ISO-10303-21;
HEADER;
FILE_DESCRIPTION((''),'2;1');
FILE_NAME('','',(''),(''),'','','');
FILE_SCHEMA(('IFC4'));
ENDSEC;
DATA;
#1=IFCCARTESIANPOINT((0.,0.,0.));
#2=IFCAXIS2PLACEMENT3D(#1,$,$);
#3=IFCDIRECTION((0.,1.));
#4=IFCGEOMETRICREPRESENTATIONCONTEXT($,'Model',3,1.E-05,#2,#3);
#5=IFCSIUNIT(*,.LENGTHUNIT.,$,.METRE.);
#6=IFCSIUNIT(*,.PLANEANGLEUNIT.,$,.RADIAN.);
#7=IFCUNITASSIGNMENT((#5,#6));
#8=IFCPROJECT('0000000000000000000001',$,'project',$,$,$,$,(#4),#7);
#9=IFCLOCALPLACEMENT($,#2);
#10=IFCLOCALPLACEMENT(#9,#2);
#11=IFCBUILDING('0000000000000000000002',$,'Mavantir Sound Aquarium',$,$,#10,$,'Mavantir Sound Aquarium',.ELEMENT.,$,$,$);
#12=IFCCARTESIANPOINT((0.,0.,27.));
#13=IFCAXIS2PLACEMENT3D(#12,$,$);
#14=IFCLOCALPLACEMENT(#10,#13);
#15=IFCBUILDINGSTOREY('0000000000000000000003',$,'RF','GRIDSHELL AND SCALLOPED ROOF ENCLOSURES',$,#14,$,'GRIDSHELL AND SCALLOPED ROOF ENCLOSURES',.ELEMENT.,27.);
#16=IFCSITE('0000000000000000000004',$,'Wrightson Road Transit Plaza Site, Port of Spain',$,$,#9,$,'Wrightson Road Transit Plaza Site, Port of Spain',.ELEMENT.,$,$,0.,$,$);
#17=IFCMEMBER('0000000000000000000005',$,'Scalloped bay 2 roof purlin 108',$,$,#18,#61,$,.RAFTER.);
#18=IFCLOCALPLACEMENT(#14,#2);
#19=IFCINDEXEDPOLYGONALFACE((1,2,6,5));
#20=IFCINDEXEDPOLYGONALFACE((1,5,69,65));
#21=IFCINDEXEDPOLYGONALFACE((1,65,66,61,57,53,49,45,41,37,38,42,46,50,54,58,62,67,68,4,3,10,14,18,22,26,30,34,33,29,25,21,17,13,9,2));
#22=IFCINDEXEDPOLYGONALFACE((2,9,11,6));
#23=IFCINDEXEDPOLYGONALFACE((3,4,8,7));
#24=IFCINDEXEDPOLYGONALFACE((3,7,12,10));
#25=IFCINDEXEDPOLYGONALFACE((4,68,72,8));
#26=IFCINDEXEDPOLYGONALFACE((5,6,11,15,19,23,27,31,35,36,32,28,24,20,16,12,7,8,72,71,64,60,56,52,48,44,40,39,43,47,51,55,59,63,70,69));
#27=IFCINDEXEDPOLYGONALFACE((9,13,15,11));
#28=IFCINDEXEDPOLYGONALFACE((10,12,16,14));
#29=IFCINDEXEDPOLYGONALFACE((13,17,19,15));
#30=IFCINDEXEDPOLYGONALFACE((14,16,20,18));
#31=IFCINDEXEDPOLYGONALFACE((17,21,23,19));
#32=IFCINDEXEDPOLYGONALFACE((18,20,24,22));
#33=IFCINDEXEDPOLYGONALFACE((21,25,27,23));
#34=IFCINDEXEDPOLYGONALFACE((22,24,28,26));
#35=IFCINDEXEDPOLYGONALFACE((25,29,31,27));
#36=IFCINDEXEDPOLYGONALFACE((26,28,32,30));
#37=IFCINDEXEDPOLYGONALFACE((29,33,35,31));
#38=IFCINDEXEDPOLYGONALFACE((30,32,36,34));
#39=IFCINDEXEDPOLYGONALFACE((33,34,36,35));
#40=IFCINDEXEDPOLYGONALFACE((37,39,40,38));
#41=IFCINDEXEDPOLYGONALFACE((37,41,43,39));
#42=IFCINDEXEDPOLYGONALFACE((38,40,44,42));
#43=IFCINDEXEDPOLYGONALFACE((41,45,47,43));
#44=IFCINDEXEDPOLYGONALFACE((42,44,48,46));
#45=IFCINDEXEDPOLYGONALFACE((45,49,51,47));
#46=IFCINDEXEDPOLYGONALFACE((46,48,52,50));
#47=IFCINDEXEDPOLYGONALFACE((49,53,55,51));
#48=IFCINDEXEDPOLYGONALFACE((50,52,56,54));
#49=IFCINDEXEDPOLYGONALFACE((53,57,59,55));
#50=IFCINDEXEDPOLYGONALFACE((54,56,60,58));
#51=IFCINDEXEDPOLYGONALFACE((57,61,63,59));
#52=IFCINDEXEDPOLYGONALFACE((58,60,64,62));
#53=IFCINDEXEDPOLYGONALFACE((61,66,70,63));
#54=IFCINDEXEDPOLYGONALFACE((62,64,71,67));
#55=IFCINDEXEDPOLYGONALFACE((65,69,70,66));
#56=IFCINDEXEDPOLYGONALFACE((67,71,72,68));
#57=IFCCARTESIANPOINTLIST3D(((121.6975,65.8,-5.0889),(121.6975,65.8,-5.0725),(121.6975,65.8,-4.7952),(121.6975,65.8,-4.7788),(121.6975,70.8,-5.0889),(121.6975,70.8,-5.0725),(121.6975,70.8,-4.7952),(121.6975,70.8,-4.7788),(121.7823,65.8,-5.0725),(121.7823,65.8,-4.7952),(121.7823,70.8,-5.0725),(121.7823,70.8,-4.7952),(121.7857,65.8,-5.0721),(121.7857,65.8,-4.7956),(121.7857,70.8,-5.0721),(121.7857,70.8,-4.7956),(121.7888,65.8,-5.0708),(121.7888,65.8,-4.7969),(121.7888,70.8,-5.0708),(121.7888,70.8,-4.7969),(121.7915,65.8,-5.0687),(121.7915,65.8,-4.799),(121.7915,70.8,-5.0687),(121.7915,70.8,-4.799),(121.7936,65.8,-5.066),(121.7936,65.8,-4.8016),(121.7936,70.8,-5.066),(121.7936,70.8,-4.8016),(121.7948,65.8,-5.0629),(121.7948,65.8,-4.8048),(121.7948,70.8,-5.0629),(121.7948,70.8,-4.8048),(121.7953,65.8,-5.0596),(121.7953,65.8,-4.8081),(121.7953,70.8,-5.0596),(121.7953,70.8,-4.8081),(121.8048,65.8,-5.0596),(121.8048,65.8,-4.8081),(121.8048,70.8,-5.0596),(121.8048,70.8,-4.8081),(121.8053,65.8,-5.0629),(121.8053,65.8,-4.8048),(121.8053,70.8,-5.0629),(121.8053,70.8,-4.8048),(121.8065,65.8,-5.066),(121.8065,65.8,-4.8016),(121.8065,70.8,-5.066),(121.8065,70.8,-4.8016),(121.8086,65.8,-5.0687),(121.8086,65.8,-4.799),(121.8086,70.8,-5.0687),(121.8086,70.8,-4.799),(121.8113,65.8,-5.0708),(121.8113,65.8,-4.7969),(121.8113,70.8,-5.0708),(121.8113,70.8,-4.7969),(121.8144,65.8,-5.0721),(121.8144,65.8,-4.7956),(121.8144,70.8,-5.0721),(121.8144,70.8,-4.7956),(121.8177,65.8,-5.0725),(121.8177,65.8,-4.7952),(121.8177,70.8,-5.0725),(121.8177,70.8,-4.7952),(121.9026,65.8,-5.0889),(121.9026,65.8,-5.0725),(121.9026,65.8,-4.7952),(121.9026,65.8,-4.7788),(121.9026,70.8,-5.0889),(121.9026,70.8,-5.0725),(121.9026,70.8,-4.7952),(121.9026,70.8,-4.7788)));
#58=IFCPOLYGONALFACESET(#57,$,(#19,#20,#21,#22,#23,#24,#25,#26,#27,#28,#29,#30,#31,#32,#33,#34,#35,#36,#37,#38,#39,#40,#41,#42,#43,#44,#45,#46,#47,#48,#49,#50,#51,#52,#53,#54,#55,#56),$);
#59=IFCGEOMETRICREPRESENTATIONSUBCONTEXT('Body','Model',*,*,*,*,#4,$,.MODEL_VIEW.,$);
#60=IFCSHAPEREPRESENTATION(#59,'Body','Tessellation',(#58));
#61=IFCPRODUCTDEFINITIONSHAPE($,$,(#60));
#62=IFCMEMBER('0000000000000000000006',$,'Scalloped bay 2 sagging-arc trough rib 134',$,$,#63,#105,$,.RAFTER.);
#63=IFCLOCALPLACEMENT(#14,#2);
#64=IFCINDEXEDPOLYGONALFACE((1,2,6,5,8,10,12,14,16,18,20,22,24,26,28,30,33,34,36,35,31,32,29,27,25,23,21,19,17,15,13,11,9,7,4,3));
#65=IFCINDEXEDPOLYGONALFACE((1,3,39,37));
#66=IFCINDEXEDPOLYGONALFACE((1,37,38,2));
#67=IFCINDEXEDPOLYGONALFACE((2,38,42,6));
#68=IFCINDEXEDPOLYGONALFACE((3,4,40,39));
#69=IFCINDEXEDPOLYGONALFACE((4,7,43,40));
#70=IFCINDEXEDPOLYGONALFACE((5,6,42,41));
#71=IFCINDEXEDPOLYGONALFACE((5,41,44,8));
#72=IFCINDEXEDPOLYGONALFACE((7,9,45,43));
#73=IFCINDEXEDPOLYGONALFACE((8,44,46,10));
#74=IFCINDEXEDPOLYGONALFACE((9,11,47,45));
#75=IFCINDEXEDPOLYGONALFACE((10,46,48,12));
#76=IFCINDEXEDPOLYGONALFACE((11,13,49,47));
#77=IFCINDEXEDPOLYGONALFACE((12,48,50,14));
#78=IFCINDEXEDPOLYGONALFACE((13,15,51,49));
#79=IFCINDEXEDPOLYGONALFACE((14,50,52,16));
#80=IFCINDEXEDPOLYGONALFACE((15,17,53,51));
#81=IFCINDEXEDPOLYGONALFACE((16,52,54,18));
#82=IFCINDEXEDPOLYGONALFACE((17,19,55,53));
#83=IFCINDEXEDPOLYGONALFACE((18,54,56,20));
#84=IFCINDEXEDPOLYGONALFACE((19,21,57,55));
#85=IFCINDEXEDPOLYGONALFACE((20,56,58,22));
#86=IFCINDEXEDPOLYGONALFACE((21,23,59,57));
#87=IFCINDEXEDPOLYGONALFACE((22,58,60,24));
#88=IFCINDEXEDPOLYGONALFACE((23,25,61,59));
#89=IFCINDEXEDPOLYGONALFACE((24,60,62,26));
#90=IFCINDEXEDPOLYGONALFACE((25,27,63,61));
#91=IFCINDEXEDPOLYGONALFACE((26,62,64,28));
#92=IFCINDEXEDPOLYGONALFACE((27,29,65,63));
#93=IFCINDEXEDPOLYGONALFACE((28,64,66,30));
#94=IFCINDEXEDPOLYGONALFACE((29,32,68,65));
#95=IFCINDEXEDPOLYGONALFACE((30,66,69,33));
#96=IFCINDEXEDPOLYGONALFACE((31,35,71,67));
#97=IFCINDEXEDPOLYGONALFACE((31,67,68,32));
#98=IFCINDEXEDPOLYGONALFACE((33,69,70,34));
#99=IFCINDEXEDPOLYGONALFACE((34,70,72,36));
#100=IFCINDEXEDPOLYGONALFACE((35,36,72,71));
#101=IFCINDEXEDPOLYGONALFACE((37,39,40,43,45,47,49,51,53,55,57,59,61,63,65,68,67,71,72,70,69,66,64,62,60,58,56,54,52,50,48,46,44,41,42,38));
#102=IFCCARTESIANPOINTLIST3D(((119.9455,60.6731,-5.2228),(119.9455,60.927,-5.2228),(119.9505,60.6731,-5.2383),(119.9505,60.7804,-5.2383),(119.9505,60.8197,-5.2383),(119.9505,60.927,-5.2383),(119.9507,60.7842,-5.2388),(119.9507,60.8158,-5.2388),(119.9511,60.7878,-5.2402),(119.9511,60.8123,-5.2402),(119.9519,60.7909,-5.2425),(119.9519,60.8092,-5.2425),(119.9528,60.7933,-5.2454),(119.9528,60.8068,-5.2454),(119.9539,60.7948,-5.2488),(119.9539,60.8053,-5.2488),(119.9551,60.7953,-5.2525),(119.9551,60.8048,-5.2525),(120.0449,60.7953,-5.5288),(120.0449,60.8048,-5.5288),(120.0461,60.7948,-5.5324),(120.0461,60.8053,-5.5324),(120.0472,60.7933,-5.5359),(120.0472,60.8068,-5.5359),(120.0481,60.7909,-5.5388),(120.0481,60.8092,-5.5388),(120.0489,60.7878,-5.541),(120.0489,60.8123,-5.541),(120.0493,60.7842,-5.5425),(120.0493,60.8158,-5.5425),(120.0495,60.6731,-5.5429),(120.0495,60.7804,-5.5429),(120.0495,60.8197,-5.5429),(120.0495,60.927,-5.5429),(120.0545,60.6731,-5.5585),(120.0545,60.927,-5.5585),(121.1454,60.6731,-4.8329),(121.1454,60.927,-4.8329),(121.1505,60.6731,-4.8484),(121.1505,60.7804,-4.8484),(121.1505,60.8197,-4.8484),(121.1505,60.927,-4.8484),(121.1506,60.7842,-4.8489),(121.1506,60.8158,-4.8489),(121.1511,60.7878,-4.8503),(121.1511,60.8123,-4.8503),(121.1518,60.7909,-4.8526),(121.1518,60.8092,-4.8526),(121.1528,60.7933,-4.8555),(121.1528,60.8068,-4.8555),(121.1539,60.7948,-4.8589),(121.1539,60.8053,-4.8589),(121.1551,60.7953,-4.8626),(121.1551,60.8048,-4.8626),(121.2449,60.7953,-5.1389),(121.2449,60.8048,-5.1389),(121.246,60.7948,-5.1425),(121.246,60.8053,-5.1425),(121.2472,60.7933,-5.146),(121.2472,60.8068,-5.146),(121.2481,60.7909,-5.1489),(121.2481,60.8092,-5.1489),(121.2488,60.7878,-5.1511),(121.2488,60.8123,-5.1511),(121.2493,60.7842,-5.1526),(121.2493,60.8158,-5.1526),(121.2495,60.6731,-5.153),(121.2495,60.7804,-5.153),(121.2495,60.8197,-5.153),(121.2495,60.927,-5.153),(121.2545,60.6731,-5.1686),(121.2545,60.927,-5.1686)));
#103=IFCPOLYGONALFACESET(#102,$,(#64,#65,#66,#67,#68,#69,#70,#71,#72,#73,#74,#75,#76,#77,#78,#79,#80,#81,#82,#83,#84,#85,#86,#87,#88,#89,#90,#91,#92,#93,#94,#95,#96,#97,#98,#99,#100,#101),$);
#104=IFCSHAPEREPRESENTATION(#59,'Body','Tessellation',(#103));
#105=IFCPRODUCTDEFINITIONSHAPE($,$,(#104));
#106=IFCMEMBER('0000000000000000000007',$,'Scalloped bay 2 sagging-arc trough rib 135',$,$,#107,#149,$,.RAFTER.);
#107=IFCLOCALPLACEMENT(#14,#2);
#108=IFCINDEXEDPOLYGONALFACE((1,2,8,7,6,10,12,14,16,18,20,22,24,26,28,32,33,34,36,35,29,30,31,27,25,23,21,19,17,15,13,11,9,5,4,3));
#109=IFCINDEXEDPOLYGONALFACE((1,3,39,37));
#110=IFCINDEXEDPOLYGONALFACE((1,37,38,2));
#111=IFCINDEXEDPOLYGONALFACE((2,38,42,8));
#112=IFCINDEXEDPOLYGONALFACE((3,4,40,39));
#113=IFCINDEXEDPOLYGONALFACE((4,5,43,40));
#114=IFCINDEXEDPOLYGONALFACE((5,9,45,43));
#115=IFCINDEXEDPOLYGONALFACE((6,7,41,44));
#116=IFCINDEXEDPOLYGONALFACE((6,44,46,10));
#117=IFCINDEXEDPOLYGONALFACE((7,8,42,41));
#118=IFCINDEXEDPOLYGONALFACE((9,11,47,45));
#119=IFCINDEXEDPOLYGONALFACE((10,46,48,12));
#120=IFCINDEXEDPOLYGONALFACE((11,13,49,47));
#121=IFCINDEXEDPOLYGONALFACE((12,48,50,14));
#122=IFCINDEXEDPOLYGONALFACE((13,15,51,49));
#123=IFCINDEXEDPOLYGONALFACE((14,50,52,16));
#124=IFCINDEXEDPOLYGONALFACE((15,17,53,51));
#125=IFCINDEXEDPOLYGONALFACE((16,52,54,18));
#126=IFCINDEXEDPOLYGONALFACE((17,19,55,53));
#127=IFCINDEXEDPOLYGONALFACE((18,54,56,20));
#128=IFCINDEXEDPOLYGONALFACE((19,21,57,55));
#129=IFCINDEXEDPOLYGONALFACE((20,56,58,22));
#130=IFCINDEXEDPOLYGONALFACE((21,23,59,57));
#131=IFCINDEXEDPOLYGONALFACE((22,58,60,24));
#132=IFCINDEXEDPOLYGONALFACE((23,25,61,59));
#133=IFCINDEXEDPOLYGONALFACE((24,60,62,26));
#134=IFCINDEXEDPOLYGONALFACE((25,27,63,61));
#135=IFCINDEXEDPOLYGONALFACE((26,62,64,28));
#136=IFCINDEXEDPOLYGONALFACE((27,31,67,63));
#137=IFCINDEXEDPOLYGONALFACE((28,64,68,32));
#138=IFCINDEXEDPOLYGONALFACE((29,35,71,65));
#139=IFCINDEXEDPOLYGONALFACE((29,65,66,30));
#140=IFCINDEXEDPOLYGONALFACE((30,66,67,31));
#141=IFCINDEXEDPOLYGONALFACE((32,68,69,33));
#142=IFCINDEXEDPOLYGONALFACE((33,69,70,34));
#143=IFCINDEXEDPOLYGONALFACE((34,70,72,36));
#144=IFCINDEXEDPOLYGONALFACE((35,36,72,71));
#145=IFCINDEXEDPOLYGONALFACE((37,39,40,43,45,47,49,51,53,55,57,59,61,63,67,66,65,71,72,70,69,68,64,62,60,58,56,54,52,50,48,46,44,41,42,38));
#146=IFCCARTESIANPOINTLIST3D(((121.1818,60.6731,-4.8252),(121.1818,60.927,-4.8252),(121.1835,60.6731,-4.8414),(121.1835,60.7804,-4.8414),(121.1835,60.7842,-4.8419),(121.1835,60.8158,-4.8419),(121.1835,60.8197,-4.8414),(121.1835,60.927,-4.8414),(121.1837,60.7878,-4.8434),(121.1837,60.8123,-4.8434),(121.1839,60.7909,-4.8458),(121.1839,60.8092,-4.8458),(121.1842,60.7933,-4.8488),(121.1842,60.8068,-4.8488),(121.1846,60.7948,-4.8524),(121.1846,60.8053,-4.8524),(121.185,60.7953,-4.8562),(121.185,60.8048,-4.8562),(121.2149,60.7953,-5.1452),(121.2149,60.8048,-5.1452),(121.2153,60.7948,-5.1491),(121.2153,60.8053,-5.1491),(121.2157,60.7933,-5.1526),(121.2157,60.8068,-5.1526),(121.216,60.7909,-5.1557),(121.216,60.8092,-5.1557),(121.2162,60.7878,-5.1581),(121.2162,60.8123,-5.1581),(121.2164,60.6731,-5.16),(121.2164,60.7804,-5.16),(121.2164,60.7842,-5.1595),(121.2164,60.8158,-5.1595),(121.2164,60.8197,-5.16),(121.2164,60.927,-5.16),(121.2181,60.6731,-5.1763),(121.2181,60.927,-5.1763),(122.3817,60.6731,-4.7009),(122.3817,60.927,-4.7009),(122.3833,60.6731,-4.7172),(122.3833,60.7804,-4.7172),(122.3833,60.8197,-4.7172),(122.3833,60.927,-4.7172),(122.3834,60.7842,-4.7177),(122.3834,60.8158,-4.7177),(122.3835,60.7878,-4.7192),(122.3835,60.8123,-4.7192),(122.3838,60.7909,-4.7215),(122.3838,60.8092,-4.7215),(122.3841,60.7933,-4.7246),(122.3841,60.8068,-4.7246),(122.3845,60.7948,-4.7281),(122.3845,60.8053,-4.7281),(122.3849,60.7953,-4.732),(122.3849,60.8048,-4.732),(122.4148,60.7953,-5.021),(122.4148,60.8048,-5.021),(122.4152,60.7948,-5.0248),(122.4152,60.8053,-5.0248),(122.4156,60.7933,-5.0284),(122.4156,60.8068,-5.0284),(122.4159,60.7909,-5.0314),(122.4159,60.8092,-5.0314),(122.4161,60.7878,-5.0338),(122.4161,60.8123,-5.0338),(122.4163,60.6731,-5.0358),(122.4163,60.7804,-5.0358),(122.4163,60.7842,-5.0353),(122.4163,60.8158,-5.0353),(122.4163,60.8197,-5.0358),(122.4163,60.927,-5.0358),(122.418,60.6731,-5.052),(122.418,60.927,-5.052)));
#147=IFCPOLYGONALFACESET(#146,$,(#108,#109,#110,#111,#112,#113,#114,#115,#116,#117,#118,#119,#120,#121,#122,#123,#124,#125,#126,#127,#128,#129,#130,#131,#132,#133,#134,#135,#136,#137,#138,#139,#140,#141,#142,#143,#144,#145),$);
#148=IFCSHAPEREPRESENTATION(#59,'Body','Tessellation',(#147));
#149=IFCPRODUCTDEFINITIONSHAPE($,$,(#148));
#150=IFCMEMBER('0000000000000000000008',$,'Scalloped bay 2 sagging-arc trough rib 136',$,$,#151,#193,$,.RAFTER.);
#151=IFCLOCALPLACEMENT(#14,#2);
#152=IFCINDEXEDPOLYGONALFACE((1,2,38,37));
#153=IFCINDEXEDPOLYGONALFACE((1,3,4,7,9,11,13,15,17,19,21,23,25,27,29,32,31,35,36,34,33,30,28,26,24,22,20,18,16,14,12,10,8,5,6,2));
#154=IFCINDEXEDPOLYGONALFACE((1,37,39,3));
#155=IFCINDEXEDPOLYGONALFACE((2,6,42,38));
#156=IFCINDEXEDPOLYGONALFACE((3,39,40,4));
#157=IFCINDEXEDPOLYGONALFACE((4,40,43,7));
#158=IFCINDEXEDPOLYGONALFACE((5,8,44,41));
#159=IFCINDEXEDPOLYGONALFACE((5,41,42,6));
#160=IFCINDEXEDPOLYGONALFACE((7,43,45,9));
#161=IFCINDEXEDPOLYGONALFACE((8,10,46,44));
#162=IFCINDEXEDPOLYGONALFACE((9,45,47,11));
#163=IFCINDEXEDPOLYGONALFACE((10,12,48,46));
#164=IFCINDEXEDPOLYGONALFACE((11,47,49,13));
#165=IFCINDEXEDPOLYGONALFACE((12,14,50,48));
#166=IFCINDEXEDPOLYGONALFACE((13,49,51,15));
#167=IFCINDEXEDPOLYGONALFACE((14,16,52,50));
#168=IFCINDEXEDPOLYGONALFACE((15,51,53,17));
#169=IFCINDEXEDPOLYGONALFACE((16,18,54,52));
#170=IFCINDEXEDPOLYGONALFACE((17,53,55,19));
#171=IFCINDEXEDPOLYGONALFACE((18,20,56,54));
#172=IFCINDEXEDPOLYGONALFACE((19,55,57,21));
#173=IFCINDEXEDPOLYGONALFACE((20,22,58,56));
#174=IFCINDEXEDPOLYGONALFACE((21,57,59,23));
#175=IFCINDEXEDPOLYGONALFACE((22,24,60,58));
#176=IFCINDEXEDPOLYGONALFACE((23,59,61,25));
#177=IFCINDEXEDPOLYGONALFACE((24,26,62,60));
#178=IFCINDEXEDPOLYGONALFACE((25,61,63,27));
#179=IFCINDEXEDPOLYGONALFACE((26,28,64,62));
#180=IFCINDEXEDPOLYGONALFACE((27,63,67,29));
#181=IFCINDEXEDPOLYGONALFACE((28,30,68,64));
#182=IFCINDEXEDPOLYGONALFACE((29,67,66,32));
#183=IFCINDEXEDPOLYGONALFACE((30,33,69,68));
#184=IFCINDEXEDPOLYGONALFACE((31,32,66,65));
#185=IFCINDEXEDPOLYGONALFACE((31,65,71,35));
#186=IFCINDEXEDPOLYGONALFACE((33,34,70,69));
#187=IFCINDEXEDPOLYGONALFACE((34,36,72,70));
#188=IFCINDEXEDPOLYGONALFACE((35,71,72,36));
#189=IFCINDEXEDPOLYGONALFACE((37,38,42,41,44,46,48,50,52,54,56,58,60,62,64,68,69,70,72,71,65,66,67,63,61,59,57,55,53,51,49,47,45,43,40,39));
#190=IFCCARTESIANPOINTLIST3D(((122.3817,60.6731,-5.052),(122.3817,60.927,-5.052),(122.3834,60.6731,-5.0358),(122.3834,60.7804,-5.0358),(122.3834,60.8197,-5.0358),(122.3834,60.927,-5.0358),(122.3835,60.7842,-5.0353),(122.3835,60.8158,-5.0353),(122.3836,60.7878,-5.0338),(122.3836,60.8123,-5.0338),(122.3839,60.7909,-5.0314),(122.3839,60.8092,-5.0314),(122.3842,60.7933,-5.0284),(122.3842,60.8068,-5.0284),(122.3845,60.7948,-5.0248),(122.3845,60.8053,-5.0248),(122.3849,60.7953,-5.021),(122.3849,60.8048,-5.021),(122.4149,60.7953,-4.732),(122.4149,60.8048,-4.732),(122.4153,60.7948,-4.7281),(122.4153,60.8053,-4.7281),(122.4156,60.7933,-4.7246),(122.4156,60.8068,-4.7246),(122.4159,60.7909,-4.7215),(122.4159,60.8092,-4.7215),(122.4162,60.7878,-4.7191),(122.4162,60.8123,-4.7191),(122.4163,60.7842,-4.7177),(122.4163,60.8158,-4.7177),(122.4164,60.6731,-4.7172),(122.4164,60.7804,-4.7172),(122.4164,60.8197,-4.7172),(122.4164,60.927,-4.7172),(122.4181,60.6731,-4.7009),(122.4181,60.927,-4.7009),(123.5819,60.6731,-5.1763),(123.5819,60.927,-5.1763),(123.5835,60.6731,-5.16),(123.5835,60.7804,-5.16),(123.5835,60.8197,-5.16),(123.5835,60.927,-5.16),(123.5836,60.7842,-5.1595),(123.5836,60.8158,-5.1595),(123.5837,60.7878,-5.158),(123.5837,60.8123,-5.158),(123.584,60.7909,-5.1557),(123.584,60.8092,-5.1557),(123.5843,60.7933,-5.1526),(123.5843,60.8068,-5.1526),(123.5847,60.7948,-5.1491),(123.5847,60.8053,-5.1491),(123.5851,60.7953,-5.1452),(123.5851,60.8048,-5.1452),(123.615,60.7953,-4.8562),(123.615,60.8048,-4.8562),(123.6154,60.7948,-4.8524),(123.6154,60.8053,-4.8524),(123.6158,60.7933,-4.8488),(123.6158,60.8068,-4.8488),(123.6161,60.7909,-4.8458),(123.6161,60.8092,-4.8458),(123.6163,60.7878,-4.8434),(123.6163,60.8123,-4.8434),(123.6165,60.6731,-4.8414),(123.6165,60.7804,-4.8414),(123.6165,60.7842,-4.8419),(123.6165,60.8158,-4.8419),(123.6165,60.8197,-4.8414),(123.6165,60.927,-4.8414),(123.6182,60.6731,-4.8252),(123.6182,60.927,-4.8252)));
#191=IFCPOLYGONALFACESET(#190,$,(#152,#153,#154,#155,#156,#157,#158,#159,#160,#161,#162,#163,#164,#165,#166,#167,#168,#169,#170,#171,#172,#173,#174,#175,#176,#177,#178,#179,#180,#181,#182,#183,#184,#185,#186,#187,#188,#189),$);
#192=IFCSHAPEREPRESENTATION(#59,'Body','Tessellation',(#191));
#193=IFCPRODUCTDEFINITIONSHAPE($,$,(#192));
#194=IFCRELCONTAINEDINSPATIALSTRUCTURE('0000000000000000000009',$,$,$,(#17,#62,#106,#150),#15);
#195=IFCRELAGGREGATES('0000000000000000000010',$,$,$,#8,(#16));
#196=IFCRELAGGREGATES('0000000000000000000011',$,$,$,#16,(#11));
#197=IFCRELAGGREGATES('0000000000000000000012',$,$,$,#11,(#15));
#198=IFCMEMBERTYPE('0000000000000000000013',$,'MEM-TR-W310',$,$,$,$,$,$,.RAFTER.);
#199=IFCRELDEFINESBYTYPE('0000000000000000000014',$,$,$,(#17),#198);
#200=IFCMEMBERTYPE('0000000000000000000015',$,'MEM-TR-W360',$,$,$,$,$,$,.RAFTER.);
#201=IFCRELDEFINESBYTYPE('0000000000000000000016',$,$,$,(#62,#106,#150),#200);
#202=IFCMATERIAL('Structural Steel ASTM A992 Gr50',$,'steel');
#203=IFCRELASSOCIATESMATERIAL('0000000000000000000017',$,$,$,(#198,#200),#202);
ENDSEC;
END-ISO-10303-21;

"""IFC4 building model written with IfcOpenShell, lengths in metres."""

from ifc_helpers import new_model, si_unit, direction, frame, origin, origin_2d, place, context, subcontext, project, spatial, i_section, extrude, material, material_profile, profile_set, type_object, element, save


model = new_model("IFC4")

# Units and contexts
model_context = context("Model", 3, precision=1e-05, world=origin(), true_north=direction((0.0, 1.0)))
body_context = subcontext(model_context, "Body", "Model", "MODEL_VIEW")
ifc_project = project(units=[si_unit("LENGTHUNIT", "METRE"), si_unit("PLANEANGLEUNIT", "RADIAN")], contexts=[model_context])

# Site, building, storey
site_placement = place(None, origin())
site = spatial("IfcSite", under=ifc_project, at=site_placement, Name="Wrightson Road Transit Plaza Site, Port of Spain", LongName="Wrightson Road Transit Plaza Site, Port of Spain", CompositionType="ELEMENT", RefElevation=0.0)
building_placement = place(site_placement, origin())
building = spatial("IfcBuilding", under=site, at=building_placement, Name="Mavantir Sound Aquarium", LongName="Mavantir Sound Aquarium", CompositionType="ELEMENT")
storey_placement = place(building_placement, frame((0.0, 0.0, 27.0)))
storey = spatial("IfcBuildingStorey", under=building, at=storey_placement, Name="RF", Description="GRIDSHELL AND SCALLOPED ROOF ENCLOSURES", LongName="GRIDSHELL AND SCALLOPED ROOF ENCLOSURES", CompositionType="ELEMENT", Elevation=27.0)

# Shared definitions
ifc_material_1 = material(Name="Structural Steel ASTM A992 Gr50", Category="steel")

# Members
ifc_material_profile_1 = material_profile(ifc_material_1, i_section(OverallWidth=0.2051, OverallDepth=0.3101, WebThickness=0.0095, FlangeThickness=0.0164, FilletRadius=0.0129, at=origin_2d()), Name="W310X74")
ifc_profile_set_1 = profile_set([ifc_material_profile_1], Name="Structural Steel ASTM A992 Gr50")
member_type_1 = type_object("IfcMemberType", Name="MEM-TR-W310", PredefinedType="RAFTER", material=ifc_profile_set_1)
for number, where, z_axis, x_axis, name in (
    (1, (121.8, 65.8, -4.9338), (0.0, 1.0, 0.0), (-1.0, 0.0, 0.0), "Scalloped bay 2 roof purlin 108"),
):
    element("IfcMember", number, at=place(storey_placement, frame(where, z_axis=z_axis, x_axis=x_axis)), inside=storey, type_object=member_type_1, Name=name, PredefinedType="RAFTER", context=body_context, shape_type="SweptSolid", body=[
        extrude(i_section(OverallWidth=0.2051, OverallDepth=0.3101, WebThickness=0.0095, FlangeThickness=0.0164, FilletRadius=0.0129, at=origin_2d()), origin(), (0.0, 0.0, 1.0), 5.0),
    ])
ifc_material_profile_2 = material_profile(ifc_material_1, i_section(OverallWidth=0.2539, OverallDepth=0.353, WebThickness=0.0095, FlangeThickness=0.0164, FilletRadius=0.0149, at=origin_2d()), Name="W360X91")
ifc_profile_set_2 = profile_set([ifc_material_profile_2], Name="Structural Steel ASTM A992 Gr50")
member_type_2 = type_object("IfcMemberType", Name="MEM-TR-W360", PredefinedType="RAFTER", material=ifc_profile_set_2)
member_1_placement = place(storey_placement, frame((120.0, 60.8, -5.3906), z_axis=(0.951055, 0.0, 0.30902), x_axis=(0.0, 1.0, 0.0)))
element("IfcMember", 2, at=member_1_placement, inside=storey, type_object=member_type_2, Name="Scalloped bay 2 sagging-arc trough rib 134", PredefinedType="RAFTER", context=body_context, shape_type="SweptSolid", body=[
    extrude(i_section(OverallWidth=0.2539, OverallDepth=0.353, WebThickness=0.0095, FlangeThickness=0.0164, FilletRadius=0.0149, at=origin_2d()), origin(), (0.0, 0.0, 1.0), 1.2617),
])
member_2_placement = place(storey_placement, frame((121.2, 60.8, -5.0007), z_axis=(0.99468, 0.0, 0.10301), x_axis=(0.0, 1.0, 0.0)))
element("IfcMember", 3, at=member_2_placement, inside=storey, type_object=member_type_2, Name="Scalloped bay 2 sagging-arc trough rib 135", PredefinedType="RAFTER", context=body_context, shape_type="SweptSolid", body=[
    extrude(i_section(OverallWidth=0.2539, OverallDepth=0.353, WebThickness=0.0095, FlangeThickness=0.0164, FilletRadius=0.0149, at=origin_2d()), origin(), (0.0, 0.0, 1.0), 1.2063),
])
member_3_placement = place(storey_placement, frame((122.3999, 60.8, -4.8765), z_axis=(0.994683, 0.0, -0.102989), x_axis=(0.0, 1.0, 0.0)))
element("IfcMember", 4, at=member_3_placement, inside=storey, type_object=member_type_2, Name="Scalloped bay 2 sagging-arc trough rib 136", PredefinedType="RAFTER", context=body_context, shape_type="SweptSolid", body=[
    extrude(i_section(OverallWidth=0.2539, OverallDepth=0.353, WebThickness=0.0095, FlangeThickness=0.0164, FilletRadius=0.0149, at=origin_2d()), origin(), (0.0, 0.0, 1.0), 1.2065),
])

save(model, "model.ifc")
